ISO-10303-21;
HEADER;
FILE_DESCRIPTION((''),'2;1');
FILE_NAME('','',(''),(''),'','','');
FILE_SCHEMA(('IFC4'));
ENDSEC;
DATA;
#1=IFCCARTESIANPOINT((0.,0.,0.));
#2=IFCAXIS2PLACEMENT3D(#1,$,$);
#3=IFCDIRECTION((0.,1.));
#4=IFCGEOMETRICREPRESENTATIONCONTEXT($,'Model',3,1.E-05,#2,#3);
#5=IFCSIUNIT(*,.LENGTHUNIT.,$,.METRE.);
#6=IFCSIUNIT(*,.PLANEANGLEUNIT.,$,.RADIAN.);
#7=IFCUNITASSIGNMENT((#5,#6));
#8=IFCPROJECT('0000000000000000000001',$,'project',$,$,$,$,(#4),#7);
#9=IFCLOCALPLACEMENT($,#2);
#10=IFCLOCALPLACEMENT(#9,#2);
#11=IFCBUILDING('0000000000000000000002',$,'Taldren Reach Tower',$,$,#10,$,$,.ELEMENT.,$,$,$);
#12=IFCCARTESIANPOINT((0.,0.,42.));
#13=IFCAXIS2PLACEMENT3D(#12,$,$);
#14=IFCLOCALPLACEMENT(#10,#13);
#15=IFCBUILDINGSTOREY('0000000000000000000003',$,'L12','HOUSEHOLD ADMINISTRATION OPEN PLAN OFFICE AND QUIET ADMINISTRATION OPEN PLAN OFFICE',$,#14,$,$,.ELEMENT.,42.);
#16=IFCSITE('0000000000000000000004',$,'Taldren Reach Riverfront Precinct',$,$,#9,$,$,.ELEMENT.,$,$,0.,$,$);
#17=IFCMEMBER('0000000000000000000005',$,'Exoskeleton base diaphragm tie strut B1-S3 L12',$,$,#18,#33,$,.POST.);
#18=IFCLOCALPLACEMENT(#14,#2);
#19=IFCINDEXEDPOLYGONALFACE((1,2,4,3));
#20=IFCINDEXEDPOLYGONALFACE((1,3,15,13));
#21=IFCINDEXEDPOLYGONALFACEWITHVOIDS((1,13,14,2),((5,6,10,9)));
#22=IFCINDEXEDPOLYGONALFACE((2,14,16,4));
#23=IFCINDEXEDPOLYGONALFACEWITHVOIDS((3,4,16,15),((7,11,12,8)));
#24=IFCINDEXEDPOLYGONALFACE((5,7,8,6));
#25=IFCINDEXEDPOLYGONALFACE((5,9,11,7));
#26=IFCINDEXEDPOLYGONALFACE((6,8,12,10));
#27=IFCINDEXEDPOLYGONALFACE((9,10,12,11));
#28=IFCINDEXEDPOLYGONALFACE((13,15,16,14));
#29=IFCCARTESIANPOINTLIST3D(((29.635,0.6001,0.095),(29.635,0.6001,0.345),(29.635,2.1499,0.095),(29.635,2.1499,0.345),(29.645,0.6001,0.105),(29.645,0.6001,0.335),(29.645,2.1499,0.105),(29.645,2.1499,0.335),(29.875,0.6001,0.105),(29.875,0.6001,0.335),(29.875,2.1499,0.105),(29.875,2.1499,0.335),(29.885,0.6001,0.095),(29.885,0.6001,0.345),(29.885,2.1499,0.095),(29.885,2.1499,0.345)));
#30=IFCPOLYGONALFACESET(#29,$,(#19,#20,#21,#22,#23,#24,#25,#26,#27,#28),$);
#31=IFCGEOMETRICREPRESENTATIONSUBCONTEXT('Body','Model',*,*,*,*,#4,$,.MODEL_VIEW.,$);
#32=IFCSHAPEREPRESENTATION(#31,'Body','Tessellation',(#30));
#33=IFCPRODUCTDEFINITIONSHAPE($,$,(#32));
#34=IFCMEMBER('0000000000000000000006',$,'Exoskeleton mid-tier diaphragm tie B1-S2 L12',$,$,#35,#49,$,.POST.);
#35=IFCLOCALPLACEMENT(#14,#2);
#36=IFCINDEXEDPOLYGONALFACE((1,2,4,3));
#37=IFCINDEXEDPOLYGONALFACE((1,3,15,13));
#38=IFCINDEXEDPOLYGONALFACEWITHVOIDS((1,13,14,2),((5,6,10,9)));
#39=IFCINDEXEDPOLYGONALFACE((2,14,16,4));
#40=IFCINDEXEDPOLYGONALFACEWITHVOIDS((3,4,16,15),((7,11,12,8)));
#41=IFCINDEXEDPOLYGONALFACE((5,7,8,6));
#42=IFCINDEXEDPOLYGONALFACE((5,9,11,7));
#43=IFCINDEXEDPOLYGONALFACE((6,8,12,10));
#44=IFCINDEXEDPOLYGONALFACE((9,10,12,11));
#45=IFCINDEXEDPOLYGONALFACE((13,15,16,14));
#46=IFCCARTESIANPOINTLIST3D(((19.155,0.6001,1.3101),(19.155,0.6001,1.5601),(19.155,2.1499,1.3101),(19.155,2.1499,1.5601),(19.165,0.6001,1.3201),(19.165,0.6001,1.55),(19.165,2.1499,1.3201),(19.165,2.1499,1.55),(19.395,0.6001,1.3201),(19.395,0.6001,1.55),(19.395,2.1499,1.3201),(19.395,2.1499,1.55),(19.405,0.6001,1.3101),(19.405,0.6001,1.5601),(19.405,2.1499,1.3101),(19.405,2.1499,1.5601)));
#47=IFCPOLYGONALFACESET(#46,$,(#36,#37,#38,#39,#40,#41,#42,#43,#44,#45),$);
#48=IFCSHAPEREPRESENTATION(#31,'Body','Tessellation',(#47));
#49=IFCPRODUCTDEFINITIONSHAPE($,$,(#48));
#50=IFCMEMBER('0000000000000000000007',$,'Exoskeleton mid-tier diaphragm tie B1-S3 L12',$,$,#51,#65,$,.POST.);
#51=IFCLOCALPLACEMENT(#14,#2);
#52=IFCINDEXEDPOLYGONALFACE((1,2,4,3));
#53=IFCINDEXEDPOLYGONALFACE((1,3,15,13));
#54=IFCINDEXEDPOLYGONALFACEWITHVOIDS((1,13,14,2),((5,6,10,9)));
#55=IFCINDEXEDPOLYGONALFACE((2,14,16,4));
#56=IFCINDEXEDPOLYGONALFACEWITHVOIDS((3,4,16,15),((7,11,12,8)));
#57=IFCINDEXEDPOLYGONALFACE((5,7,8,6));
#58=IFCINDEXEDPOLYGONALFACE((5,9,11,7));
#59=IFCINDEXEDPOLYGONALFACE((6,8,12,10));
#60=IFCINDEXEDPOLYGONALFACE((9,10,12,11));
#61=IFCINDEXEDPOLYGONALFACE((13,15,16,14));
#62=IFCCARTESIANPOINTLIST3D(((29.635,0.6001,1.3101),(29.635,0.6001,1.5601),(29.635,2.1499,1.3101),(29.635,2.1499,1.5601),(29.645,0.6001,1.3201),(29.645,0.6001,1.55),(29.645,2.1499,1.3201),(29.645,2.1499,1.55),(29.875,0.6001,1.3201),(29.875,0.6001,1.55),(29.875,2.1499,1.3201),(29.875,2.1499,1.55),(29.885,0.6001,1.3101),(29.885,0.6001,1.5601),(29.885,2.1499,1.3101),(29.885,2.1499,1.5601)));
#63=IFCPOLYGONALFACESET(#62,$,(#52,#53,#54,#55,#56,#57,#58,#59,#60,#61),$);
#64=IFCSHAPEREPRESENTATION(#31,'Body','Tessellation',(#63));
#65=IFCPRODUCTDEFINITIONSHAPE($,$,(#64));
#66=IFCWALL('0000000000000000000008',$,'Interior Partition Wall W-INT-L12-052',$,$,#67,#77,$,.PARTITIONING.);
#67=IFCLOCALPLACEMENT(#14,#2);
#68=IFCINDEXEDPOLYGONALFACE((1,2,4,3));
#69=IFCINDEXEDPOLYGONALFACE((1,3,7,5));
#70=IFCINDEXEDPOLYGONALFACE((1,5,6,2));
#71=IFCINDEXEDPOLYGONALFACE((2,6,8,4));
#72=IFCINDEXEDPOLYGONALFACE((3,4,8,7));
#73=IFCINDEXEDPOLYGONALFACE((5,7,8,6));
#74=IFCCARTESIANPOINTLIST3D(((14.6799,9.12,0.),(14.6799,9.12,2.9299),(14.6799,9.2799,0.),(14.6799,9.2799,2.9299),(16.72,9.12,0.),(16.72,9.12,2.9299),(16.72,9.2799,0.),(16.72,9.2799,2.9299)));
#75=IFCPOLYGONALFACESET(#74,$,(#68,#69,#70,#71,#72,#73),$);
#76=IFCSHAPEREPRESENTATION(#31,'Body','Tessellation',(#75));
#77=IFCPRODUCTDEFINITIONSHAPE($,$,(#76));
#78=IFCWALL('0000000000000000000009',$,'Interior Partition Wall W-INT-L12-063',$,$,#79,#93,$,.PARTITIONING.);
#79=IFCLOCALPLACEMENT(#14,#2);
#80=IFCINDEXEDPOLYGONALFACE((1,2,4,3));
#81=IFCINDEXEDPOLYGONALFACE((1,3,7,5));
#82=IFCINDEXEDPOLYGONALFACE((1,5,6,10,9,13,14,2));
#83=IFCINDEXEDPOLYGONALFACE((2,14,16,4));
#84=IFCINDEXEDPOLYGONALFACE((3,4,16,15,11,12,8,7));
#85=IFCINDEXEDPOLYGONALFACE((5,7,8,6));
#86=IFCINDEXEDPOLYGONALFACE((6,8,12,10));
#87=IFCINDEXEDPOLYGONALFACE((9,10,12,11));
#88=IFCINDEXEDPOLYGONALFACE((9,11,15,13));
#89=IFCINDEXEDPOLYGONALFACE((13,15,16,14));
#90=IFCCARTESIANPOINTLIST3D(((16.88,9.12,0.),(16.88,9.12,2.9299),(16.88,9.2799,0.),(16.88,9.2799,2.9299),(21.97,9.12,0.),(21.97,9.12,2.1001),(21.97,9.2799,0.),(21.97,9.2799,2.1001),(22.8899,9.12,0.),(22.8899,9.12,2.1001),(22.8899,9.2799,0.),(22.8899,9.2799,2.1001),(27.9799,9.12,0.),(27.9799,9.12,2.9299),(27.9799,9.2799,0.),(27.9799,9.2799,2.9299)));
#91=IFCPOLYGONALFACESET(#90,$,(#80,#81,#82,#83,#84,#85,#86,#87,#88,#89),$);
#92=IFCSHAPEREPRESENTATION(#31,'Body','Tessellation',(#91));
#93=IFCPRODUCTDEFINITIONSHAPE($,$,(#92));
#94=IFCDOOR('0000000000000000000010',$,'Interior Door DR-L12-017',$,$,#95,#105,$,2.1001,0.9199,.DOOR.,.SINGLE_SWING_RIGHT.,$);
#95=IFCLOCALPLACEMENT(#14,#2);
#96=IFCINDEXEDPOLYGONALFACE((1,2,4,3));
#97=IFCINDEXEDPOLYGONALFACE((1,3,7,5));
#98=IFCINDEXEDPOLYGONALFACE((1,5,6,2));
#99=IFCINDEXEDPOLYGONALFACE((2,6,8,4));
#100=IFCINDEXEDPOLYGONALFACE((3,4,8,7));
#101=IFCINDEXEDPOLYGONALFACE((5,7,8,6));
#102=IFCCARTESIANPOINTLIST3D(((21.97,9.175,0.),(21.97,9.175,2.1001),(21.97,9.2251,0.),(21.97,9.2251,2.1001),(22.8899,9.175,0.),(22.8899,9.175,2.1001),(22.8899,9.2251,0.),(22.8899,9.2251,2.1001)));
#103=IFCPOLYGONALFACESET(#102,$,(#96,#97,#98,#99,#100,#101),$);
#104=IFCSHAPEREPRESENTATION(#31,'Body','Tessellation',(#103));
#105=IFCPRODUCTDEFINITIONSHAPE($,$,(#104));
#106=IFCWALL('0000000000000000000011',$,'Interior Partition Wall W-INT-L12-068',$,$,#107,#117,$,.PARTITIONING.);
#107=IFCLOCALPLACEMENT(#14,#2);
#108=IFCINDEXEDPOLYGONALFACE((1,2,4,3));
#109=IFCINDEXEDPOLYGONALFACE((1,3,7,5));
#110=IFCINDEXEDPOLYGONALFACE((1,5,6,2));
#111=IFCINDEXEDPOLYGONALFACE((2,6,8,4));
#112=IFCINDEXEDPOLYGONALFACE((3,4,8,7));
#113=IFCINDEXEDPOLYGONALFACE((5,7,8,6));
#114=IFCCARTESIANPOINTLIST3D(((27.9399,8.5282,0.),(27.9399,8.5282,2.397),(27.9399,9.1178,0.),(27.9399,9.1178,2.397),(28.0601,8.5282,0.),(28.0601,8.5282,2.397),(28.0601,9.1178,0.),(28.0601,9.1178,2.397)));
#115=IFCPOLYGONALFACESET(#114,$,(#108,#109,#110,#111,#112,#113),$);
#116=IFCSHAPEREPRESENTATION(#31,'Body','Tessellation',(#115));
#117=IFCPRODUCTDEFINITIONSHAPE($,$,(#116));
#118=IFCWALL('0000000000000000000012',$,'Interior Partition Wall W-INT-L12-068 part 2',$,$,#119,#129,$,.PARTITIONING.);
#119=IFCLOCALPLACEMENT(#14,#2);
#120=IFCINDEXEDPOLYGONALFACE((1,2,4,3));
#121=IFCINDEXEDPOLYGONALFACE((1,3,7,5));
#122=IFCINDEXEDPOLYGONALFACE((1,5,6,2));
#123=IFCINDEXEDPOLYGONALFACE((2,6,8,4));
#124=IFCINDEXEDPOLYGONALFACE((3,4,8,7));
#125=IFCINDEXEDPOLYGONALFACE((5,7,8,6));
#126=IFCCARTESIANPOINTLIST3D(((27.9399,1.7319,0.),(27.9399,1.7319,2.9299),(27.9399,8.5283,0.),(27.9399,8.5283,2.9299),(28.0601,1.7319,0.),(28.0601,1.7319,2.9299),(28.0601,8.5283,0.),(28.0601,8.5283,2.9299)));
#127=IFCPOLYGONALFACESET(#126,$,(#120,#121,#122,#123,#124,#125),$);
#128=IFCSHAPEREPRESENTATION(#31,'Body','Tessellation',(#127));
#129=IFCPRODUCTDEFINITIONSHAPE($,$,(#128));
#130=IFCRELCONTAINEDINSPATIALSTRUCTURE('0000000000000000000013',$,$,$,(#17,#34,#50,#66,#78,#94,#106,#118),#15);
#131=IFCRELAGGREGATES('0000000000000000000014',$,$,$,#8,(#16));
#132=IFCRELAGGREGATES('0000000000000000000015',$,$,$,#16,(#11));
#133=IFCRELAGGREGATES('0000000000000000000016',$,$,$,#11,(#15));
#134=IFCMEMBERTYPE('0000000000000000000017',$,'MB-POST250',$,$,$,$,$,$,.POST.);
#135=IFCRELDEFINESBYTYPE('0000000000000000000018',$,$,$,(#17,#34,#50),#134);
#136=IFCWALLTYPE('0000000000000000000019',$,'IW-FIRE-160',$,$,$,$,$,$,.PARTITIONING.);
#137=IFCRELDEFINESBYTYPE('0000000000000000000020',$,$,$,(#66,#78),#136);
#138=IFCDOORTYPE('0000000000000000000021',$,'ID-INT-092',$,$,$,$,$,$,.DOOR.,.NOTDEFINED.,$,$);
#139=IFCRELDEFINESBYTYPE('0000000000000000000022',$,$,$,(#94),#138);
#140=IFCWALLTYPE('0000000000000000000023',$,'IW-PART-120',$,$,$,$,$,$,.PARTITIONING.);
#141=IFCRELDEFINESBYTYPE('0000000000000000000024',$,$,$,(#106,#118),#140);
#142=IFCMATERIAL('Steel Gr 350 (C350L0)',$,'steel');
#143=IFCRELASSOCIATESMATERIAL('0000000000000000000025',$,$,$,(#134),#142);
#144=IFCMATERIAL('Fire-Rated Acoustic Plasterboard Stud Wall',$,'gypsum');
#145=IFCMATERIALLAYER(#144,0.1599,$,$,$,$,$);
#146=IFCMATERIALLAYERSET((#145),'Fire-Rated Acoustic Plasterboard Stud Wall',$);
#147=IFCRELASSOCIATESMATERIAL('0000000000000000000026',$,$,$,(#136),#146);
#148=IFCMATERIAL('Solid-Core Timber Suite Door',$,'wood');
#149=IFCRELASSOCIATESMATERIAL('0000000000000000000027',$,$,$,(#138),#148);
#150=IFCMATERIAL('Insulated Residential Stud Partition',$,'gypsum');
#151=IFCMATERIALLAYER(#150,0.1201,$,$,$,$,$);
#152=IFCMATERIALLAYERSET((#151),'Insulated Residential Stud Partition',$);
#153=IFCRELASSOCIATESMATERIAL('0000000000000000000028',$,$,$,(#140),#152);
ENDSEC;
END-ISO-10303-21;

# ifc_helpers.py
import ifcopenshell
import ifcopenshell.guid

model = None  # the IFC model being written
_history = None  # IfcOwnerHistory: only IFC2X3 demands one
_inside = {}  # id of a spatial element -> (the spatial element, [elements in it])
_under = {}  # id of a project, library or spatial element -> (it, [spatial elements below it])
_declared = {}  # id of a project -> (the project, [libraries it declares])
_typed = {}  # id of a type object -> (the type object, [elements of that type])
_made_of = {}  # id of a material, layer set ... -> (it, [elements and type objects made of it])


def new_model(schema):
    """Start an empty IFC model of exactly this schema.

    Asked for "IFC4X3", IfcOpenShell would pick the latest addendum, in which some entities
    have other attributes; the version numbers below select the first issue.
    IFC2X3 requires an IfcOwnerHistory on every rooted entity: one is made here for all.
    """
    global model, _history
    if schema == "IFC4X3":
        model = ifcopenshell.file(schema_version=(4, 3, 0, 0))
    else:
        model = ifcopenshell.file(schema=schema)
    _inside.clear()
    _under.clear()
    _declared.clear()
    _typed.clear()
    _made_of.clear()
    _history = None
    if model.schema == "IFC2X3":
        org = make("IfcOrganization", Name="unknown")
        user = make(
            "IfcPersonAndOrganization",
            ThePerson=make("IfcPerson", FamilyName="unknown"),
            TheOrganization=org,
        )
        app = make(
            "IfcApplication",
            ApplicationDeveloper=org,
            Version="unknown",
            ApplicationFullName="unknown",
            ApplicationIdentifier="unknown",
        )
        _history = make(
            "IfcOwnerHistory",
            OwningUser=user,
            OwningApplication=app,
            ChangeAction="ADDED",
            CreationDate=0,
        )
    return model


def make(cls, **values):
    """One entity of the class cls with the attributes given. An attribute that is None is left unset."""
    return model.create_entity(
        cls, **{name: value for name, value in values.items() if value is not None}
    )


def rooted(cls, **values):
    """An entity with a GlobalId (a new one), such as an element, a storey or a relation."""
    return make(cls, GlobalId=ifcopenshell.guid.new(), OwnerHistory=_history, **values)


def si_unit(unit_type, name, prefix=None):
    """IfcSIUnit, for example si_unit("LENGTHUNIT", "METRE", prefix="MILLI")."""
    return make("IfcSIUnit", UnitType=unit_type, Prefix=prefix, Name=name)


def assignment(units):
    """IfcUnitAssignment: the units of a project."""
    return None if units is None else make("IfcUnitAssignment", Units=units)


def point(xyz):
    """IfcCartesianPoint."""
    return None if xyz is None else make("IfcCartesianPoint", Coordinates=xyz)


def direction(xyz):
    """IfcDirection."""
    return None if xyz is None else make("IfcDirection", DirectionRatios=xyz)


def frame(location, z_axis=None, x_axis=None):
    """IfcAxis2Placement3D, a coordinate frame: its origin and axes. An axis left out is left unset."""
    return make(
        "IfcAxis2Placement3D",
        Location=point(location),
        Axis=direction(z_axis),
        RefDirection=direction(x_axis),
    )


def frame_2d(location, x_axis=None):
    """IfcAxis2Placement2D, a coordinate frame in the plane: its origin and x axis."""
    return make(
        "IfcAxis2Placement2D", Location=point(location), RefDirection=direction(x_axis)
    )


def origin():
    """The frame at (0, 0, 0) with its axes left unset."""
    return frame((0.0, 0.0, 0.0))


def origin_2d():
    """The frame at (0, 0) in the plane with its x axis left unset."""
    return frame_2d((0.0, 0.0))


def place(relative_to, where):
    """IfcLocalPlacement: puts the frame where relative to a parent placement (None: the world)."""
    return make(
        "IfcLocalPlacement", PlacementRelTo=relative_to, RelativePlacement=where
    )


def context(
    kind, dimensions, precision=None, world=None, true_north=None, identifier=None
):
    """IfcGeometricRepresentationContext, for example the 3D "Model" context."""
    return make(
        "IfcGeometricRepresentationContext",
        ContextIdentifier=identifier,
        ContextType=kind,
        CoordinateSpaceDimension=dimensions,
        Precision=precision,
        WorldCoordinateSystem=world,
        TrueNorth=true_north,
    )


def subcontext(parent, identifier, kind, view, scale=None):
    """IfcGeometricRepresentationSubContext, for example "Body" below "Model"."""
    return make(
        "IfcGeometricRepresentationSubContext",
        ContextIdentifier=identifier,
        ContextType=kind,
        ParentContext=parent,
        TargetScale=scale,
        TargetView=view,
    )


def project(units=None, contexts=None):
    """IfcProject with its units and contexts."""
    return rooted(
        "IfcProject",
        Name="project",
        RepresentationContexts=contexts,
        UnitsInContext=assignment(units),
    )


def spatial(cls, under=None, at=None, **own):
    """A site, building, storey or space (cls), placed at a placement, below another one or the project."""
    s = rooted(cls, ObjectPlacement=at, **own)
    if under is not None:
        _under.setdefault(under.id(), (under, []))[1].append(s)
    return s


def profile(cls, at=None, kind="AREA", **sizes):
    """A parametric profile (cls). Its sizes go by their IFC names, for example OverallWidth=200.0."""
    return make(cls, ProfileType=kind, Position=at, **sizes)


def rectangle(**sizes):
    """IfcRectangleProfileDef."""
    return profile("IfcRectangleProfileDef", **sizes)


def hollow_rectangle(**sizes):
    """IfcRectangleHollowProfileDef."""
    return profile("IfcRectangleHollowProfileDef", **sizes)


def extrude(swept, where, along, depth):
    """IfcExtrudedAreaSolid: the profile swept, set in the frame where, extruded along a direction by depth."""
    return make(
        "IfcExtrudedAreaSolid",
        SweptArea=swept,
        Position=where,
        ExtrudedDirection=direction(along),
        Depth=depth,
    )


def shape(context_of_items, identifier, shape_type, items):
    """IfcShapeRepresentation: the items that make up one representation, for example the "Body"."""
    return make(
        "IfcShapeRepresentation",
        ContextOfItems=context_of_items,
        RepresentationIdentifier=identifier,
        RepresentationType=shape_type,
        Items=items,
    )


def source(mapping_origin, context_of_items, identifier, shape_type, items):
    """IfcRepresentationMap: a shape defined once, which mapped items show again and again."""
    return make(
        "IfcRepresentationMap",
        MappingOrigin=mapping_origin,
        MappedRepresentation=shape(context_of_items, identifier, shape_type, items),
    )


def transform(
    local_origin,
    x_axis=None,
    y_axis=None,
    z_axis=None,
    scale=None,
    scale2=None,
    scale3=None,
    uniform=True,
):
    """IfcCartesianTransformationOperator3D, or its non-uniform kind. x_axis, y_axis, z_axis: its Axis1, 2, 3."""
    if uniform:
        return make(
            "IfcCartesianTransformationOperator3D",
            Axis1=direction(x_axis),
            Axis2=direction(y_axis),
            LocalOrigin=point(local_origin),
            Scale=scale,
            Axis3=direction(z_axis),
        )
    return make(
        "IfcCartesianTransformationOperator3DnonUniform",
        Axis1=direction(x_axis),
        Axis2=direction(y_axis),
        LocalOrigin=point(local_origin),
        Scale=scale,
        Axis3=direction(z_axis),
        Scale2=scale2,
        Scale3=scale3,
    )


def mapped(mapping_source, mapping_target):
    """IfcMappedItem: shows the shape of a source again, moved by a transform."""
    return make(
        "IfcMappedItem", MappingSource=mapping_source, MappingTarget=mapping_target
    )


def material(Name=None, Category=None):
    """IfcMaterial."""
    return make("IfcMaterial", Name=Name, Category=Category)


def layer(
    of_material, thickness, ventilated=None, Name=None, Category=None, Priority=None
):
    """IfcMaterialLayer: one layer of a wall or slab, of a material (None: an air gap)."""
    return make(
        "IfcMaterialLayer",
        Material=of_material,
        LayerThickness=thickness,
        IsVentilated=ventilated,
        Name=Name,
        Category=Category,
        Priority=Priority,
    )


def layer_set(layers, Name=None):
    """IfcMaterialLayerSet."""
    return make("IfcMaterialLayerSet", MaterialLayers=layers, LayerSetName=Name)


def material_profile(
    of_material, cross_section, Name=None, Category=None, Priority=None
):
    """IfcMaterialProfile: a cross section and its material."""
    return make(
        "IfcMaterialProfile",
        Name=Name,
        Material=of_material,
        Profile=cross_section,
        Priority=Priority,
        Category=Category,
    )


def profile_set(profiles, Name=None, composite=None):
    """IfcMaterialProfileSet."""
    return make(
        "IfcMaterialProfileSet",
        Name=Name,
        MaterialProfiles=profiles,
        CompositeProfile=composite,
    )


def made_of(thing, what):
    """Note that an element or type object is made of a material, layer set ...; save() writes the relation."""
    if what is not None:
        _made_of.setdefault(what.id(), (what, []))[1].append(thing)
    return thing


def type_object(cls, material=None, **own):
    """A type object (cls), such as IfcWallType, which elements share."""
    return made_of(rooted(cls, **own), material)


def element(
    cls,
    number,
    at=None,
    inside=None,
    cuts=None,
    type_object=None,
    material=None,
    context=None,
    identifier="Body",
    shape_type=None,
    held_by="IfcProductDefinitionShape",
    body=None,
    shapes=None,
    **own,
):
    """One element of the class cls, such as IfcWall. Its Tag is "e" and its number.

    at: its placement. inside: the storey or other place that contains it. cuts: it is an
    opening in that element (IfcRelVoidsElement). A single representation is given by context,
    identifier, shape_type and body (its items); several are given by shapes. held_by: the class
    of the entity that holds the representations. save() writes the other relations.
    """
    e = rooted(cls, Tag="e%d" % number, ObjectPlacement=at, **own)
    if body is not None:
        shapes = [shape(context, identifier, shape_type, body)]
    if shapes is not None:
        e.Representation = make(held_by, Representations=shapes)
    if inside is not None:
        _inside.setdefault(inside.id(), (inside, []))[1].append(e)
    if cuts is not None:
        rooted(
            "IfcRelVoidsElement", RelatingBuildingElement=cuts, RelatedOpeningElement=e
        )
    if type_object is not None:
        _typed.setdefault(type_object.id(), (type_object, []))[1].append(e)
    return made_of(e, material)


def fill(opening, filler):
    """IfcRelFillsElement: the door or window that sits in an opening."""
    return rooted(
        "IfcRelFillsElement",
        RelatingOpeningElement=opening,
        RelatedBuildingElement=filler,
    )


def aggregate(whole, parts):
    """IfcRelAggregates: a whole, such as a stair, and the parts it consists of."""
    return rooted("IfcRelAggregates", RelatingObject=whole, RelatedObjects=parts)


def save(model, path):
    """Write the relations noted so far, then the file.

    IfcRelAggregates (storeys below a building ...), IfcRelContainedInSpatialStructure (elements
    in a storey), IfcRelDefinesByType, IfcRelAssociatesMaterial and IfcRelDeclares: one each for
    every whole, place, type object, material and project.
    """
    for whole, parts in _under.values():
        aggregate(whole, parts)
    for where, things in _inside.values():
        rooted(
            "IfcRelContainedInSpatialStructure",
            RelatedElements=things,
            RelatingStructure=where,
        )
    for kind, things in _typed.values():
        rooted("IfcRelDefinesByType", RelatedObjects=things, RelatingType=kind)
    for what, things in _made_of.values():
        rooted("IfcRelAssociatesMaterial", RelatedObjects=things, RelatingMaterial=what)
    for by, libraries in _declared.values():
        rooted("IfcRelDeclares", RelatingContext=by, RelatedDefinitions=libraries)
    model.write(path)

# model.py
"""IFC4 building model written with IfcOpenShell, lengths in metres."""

from ifc_helpers import new_model, si_unit, direction, frame, frame_2d, origin, origin_2d, place, context, subcontext, project, spatial, rectangle, hollow_rectangle, extrude, source, transform, mapped, material, layer, layer_set, material_profile, profile_set, type_object, element, fill, save


model = new_model("IFC4")

# Units and contexts
model_context = context("Model", 3, precision=1e-05, world=origin(), true_north=direction((0.0, 1.0)))
body_context = subcontext(model_context, "Body", "Model", "MODEL_VIEW")
ifc_project = project(units=[si_unit("LENGTHUNIT", "METRE"), si_unit("PLANEANGLEUNIT", "RADIAN")], contexts=[model_context])

# Site, building, storey
site_placement = place(None, origin())
site = spatial("IfcSite", under=ifc_project, at=site_placement, Name="Taldren Reach Riverfront Precinct", CompositionType="ELEMENT", RefElevation=0.0)
building_placement = place(site_placement, origin())
building = spatial("IfcBuilding", under=site, at=building_placement, Name="Taldren Reach Tower", CompositionType="ELEMENT")
storey_placement = place(building_placement, frame((0.0, 0.0, 42.0)))
storey = spatial("IfcBuildingStorey", under=building, at=storey_placement, Name="L12", Description="HOUSEHOLD ADMINISTRATION OPEN PLAN OFFICE AND QUIET ADMINISTRATION OPEN PLAN OFFICE", CompositionType="ELEMENT", Elevation=42.0)

# Members
ifc_material_1 = material(Name="Steel Gr 350 (C350L0)", Category="steel")
ifc_material_profile_1 = material_profile(ifc_material_1, hollow_rectangle(XDim=0.25, YDim=0.25, WallThickness=0.01, at=origin_2d()), Name="250x250x10.0SHS")
ifc_profile_set_1 = profile_set([ifc_material_profile_1], Name="Steel Gr 350 (C350L0)")
member_type_1 = type_object("IfcMemberType", Name="MB-POST250", PredefinedType="POST", material=ifc_profile_set_1)
shared_shape_1 = source(origin(), body_context, "Body", "SweptSolid", [
    extrude(hollow_rectangle(XDim=0.25, YDim=0.25, WallThickness=0.01, at=origin_2d()), origin(), (0.0, 0.0, 1.0), 1.5498),
])
for number, where, z_axis, x_axis, name in (
    (1, (29.76, 2.1499, 0.22), (0.0, -1.0, 0.0), (1.0, 0.0, 0.0), "Exoskeleton base diaphragm tie strut B1-S3 L12"),
    (2, (19.28, 2.1499, 1.4351), (0.0, -1.0, 0.0), (1.0, 0.0, 0.0), "Exoskeleton mid-tier diaphragm tie B1-S2 L12"),
    (3, (29.76, 2.1499, 1.4351), (0.0, -1.0, 0.0), (1.0, 0.0, 0.0), "Exoskeleton mid-tier diaphragm tie B1-S3 L12"),
):
    element("IfcMember", number, at=place(storey_placement, frame(where, z_axis=z_axis, x_axis=x_axis)), inside=storey, type_object=member_type_1, Name=name, PredefinedType="POST", context=body_context, shape_type="MappedRepresentation", body=[
        mapped(shared_shape_1, transform((0.0, 0.0, 0.0), scale=1.0)),
    ])

# Wall
ifc_material_2 = material(Name="Fire-Rated Acoustic Plasterboard Stud Wall", Category="gypsum")
ifc_layer_1 = layer(ifc_material_2, 0.1599)
ifc_layer_set_1 = layer_set([ifc_layer_1], Name="Fire-Rated Acoustic Plasterboard Stud Wall")
wall_type_1 = type_object("IfcWallType", Name="IW-FIRE-160", PredefinedType="PARTITIONING", material=ifc_layer_set_1)
shared_shape_2 = source(origin(), body_context, "Body", "SweptSolid", [
    extrude(rectangle(XDim=2.04, YDim=0.1599, at=frame_2d((1.02, 0.0))), origin(), (0.0, 0.0, 1.0), 2.9299),
])
wall_1_placement = place(storey_placement, frame((16.72, 9.2, 0.0), z_axis=(0.0, 0.0, 1.0), x_axis=(-1.0, 0.0, 0.0)))
element("IfcWall", 4, at=wall_1_placement, inside=storey, type_object=wall_type_1, Name="Interior Partition Wall W-INT-L12-052", PredefinedType="PARTITIONING", context=body_context, shape_type="MappedRepresentation", body=[
    mapped(shared_shape_2, transform((0.0, 0.0, 0.0), scale=1.0)),
])

# Wall, opening, door
shared_shape_3 = source(origin(), body_context, "Body", "SweptSolid", [
    extrude(rectangle(XDim=11.0999, YDim=0.1599, at=frame_2d((5.5498, 0.0))), origin(), (0.0, 0.0, 1.0), 2.9299),
])
wall_2_placement = place(storey_placement, frame((27.9797, 9.2, 0.0), z_axis=(0.0, 0.0, 1.0), x_axis=(-1.0, 0.0, 0.0)))
wall_2 = element("IfcWall", 5, at=wall_2_placement, inside=storey, type_object=wall_type_1, Name="Interior Partition Wall W-INT-L12-063", PredefinedType="PARTITIONING", context=body_context, shape_type="MappedRepresentation", body=[
    mapped(shared_shape_3, transform((0.0, 0.0, 0.0), scale=1.0)),
])
shared_shape_4 = source(origin(), body_context, "Body", "SweptSolid", [
    extrude(rectangle(XDim=0.9199, YDim=2.1001, at=frame_2d((0.46, 1.05))), frame((0.0, 0.0898, 0.0), z_axis=(0.0, -1.0, 0.0), x_axis=(1.0, 0.0, 0.0)), (0.0, 0.0, 1.0), 0.1799),
])
opening_placement = place(wall_2_placement, frame((5.0898, 0.0, 0.0)))
opening = element("IfcOpeningElement", 6, at=opening_placement, cuts=wall_2, PredefinedType="OPENING", context=body_context, shape_type="MappedRepresentation", body=[
    mapped(shared_shape_4, transform((0.0, 0.0, 0.0), scale=1.0)),
])
ifc_material_3 = material(Name="Solid-Core Timber Suite Door", Category="wood")
door_type = type_object("IfcDoorType", Name="ID-INT-092", OperationType="NOTDEFINED", PredefinedType="DOOR", material=ifc_material_3)
shared_shape_5 = source(origin(), body_context, "Body", "SweptSolid", [
    extrude(rectangle(XDim=0.9199, YDim=2.1001, at=frame_2d((0.46, 1.05))), frame((0.0, 0.0249, 0.0), z_axis=(0.0, -1.0, 0.0), x_axis=(1.0, 0.0, 0.0)), (0.0, 0.0, 1.0), 0.05),
])
door_placement = place(opening_placement, origin())
door = element("IfcDoor", 7, at=door_placement, inside=storey, type_object=door_type, Name="Interior Door DR-L12-017", OperationType="SINGLE_SWING_RIGHT", OverallHeight=2.1001, OverallWidth=0.9199, PredefinedType="DOOR", context=body_context, shape_type="MappedRepresentation", body=[
    mapped(shared_shape_5, transform((0.0, 0.0, 0.0), scale=1.0)),
])
fill(opening, door)

# Walls
ifc_material_4 = material(Name="Insulated Residential Stud Partition", Category="gypsum")
ifc_layer_2 = layer(ifc_material_4, 0.1201)
ifc_layer_set_2 = layer_set([ifc_layer_2], Name="Insulated Residential Stud Partition")
wall_type_2 = type_object("IfcWallType", Name="IW-PART-120", PredefinedType="PARTITIONING", material=ifc_layer_set_2)
shared_shape_6 = source(origin(), body_context, "Body", "SweptSolid", [
    extrude(rectangle(XDim=0.5896, YDim=0.1201, at=frame_2d((0.2949, 0.0))), origin(), (0.0, 0.0, 1.0), 2.397),
])
wall_3_placement = place(storey_placement, frame((28.0, 9.1179, 0.0), z_axis=(0.0, 0.0, 1.0), x_axis=(0.0, -1.0, 0.0)))
element("IfcWall", 8, at=wall_3_placement, inside=storey, type_object=wall_type_2, Name="Interior Partition Wall W-INT-L12-068", PredefinedType="PARTITIONING", context=body_context, shape_type="MappedRepresentation", body=[
    mapped(shared_shape_6, transform((0.0, 0.0, 0.0), scale=1.0)),
])
shared_shape_7 = source(origin(), body_context, "Body", "SweptSolid", [
    extrude(rectangle(XDim=6.7964, YDim=0.1201, at=frame_2d((3.3982, 0.0))), origin(), (0.0, 0.0, 1.0), 2.9299),
])
wall_4_placement = place(storey_placement, frame((28.0, 8.5283, 0.0), z_axis=(0.0, 0.0, 1.0), x_axis=(0.0, -1.0, 0.0)))
element("IfcWall", 9, at=wall_4_placement, inside=storey, type_object=wall_type_2, Name="Interior Partition Wall W-INT-L12-068 part 2", PredefinedType="PARTITIONING", context=body_context, shape_type="MappedRepresentation", body=[
    mapped(shared_shape_7, transform((0.0, 0.0, 0.0), scale=1.0)),
])

save(model, "model.ifc")
